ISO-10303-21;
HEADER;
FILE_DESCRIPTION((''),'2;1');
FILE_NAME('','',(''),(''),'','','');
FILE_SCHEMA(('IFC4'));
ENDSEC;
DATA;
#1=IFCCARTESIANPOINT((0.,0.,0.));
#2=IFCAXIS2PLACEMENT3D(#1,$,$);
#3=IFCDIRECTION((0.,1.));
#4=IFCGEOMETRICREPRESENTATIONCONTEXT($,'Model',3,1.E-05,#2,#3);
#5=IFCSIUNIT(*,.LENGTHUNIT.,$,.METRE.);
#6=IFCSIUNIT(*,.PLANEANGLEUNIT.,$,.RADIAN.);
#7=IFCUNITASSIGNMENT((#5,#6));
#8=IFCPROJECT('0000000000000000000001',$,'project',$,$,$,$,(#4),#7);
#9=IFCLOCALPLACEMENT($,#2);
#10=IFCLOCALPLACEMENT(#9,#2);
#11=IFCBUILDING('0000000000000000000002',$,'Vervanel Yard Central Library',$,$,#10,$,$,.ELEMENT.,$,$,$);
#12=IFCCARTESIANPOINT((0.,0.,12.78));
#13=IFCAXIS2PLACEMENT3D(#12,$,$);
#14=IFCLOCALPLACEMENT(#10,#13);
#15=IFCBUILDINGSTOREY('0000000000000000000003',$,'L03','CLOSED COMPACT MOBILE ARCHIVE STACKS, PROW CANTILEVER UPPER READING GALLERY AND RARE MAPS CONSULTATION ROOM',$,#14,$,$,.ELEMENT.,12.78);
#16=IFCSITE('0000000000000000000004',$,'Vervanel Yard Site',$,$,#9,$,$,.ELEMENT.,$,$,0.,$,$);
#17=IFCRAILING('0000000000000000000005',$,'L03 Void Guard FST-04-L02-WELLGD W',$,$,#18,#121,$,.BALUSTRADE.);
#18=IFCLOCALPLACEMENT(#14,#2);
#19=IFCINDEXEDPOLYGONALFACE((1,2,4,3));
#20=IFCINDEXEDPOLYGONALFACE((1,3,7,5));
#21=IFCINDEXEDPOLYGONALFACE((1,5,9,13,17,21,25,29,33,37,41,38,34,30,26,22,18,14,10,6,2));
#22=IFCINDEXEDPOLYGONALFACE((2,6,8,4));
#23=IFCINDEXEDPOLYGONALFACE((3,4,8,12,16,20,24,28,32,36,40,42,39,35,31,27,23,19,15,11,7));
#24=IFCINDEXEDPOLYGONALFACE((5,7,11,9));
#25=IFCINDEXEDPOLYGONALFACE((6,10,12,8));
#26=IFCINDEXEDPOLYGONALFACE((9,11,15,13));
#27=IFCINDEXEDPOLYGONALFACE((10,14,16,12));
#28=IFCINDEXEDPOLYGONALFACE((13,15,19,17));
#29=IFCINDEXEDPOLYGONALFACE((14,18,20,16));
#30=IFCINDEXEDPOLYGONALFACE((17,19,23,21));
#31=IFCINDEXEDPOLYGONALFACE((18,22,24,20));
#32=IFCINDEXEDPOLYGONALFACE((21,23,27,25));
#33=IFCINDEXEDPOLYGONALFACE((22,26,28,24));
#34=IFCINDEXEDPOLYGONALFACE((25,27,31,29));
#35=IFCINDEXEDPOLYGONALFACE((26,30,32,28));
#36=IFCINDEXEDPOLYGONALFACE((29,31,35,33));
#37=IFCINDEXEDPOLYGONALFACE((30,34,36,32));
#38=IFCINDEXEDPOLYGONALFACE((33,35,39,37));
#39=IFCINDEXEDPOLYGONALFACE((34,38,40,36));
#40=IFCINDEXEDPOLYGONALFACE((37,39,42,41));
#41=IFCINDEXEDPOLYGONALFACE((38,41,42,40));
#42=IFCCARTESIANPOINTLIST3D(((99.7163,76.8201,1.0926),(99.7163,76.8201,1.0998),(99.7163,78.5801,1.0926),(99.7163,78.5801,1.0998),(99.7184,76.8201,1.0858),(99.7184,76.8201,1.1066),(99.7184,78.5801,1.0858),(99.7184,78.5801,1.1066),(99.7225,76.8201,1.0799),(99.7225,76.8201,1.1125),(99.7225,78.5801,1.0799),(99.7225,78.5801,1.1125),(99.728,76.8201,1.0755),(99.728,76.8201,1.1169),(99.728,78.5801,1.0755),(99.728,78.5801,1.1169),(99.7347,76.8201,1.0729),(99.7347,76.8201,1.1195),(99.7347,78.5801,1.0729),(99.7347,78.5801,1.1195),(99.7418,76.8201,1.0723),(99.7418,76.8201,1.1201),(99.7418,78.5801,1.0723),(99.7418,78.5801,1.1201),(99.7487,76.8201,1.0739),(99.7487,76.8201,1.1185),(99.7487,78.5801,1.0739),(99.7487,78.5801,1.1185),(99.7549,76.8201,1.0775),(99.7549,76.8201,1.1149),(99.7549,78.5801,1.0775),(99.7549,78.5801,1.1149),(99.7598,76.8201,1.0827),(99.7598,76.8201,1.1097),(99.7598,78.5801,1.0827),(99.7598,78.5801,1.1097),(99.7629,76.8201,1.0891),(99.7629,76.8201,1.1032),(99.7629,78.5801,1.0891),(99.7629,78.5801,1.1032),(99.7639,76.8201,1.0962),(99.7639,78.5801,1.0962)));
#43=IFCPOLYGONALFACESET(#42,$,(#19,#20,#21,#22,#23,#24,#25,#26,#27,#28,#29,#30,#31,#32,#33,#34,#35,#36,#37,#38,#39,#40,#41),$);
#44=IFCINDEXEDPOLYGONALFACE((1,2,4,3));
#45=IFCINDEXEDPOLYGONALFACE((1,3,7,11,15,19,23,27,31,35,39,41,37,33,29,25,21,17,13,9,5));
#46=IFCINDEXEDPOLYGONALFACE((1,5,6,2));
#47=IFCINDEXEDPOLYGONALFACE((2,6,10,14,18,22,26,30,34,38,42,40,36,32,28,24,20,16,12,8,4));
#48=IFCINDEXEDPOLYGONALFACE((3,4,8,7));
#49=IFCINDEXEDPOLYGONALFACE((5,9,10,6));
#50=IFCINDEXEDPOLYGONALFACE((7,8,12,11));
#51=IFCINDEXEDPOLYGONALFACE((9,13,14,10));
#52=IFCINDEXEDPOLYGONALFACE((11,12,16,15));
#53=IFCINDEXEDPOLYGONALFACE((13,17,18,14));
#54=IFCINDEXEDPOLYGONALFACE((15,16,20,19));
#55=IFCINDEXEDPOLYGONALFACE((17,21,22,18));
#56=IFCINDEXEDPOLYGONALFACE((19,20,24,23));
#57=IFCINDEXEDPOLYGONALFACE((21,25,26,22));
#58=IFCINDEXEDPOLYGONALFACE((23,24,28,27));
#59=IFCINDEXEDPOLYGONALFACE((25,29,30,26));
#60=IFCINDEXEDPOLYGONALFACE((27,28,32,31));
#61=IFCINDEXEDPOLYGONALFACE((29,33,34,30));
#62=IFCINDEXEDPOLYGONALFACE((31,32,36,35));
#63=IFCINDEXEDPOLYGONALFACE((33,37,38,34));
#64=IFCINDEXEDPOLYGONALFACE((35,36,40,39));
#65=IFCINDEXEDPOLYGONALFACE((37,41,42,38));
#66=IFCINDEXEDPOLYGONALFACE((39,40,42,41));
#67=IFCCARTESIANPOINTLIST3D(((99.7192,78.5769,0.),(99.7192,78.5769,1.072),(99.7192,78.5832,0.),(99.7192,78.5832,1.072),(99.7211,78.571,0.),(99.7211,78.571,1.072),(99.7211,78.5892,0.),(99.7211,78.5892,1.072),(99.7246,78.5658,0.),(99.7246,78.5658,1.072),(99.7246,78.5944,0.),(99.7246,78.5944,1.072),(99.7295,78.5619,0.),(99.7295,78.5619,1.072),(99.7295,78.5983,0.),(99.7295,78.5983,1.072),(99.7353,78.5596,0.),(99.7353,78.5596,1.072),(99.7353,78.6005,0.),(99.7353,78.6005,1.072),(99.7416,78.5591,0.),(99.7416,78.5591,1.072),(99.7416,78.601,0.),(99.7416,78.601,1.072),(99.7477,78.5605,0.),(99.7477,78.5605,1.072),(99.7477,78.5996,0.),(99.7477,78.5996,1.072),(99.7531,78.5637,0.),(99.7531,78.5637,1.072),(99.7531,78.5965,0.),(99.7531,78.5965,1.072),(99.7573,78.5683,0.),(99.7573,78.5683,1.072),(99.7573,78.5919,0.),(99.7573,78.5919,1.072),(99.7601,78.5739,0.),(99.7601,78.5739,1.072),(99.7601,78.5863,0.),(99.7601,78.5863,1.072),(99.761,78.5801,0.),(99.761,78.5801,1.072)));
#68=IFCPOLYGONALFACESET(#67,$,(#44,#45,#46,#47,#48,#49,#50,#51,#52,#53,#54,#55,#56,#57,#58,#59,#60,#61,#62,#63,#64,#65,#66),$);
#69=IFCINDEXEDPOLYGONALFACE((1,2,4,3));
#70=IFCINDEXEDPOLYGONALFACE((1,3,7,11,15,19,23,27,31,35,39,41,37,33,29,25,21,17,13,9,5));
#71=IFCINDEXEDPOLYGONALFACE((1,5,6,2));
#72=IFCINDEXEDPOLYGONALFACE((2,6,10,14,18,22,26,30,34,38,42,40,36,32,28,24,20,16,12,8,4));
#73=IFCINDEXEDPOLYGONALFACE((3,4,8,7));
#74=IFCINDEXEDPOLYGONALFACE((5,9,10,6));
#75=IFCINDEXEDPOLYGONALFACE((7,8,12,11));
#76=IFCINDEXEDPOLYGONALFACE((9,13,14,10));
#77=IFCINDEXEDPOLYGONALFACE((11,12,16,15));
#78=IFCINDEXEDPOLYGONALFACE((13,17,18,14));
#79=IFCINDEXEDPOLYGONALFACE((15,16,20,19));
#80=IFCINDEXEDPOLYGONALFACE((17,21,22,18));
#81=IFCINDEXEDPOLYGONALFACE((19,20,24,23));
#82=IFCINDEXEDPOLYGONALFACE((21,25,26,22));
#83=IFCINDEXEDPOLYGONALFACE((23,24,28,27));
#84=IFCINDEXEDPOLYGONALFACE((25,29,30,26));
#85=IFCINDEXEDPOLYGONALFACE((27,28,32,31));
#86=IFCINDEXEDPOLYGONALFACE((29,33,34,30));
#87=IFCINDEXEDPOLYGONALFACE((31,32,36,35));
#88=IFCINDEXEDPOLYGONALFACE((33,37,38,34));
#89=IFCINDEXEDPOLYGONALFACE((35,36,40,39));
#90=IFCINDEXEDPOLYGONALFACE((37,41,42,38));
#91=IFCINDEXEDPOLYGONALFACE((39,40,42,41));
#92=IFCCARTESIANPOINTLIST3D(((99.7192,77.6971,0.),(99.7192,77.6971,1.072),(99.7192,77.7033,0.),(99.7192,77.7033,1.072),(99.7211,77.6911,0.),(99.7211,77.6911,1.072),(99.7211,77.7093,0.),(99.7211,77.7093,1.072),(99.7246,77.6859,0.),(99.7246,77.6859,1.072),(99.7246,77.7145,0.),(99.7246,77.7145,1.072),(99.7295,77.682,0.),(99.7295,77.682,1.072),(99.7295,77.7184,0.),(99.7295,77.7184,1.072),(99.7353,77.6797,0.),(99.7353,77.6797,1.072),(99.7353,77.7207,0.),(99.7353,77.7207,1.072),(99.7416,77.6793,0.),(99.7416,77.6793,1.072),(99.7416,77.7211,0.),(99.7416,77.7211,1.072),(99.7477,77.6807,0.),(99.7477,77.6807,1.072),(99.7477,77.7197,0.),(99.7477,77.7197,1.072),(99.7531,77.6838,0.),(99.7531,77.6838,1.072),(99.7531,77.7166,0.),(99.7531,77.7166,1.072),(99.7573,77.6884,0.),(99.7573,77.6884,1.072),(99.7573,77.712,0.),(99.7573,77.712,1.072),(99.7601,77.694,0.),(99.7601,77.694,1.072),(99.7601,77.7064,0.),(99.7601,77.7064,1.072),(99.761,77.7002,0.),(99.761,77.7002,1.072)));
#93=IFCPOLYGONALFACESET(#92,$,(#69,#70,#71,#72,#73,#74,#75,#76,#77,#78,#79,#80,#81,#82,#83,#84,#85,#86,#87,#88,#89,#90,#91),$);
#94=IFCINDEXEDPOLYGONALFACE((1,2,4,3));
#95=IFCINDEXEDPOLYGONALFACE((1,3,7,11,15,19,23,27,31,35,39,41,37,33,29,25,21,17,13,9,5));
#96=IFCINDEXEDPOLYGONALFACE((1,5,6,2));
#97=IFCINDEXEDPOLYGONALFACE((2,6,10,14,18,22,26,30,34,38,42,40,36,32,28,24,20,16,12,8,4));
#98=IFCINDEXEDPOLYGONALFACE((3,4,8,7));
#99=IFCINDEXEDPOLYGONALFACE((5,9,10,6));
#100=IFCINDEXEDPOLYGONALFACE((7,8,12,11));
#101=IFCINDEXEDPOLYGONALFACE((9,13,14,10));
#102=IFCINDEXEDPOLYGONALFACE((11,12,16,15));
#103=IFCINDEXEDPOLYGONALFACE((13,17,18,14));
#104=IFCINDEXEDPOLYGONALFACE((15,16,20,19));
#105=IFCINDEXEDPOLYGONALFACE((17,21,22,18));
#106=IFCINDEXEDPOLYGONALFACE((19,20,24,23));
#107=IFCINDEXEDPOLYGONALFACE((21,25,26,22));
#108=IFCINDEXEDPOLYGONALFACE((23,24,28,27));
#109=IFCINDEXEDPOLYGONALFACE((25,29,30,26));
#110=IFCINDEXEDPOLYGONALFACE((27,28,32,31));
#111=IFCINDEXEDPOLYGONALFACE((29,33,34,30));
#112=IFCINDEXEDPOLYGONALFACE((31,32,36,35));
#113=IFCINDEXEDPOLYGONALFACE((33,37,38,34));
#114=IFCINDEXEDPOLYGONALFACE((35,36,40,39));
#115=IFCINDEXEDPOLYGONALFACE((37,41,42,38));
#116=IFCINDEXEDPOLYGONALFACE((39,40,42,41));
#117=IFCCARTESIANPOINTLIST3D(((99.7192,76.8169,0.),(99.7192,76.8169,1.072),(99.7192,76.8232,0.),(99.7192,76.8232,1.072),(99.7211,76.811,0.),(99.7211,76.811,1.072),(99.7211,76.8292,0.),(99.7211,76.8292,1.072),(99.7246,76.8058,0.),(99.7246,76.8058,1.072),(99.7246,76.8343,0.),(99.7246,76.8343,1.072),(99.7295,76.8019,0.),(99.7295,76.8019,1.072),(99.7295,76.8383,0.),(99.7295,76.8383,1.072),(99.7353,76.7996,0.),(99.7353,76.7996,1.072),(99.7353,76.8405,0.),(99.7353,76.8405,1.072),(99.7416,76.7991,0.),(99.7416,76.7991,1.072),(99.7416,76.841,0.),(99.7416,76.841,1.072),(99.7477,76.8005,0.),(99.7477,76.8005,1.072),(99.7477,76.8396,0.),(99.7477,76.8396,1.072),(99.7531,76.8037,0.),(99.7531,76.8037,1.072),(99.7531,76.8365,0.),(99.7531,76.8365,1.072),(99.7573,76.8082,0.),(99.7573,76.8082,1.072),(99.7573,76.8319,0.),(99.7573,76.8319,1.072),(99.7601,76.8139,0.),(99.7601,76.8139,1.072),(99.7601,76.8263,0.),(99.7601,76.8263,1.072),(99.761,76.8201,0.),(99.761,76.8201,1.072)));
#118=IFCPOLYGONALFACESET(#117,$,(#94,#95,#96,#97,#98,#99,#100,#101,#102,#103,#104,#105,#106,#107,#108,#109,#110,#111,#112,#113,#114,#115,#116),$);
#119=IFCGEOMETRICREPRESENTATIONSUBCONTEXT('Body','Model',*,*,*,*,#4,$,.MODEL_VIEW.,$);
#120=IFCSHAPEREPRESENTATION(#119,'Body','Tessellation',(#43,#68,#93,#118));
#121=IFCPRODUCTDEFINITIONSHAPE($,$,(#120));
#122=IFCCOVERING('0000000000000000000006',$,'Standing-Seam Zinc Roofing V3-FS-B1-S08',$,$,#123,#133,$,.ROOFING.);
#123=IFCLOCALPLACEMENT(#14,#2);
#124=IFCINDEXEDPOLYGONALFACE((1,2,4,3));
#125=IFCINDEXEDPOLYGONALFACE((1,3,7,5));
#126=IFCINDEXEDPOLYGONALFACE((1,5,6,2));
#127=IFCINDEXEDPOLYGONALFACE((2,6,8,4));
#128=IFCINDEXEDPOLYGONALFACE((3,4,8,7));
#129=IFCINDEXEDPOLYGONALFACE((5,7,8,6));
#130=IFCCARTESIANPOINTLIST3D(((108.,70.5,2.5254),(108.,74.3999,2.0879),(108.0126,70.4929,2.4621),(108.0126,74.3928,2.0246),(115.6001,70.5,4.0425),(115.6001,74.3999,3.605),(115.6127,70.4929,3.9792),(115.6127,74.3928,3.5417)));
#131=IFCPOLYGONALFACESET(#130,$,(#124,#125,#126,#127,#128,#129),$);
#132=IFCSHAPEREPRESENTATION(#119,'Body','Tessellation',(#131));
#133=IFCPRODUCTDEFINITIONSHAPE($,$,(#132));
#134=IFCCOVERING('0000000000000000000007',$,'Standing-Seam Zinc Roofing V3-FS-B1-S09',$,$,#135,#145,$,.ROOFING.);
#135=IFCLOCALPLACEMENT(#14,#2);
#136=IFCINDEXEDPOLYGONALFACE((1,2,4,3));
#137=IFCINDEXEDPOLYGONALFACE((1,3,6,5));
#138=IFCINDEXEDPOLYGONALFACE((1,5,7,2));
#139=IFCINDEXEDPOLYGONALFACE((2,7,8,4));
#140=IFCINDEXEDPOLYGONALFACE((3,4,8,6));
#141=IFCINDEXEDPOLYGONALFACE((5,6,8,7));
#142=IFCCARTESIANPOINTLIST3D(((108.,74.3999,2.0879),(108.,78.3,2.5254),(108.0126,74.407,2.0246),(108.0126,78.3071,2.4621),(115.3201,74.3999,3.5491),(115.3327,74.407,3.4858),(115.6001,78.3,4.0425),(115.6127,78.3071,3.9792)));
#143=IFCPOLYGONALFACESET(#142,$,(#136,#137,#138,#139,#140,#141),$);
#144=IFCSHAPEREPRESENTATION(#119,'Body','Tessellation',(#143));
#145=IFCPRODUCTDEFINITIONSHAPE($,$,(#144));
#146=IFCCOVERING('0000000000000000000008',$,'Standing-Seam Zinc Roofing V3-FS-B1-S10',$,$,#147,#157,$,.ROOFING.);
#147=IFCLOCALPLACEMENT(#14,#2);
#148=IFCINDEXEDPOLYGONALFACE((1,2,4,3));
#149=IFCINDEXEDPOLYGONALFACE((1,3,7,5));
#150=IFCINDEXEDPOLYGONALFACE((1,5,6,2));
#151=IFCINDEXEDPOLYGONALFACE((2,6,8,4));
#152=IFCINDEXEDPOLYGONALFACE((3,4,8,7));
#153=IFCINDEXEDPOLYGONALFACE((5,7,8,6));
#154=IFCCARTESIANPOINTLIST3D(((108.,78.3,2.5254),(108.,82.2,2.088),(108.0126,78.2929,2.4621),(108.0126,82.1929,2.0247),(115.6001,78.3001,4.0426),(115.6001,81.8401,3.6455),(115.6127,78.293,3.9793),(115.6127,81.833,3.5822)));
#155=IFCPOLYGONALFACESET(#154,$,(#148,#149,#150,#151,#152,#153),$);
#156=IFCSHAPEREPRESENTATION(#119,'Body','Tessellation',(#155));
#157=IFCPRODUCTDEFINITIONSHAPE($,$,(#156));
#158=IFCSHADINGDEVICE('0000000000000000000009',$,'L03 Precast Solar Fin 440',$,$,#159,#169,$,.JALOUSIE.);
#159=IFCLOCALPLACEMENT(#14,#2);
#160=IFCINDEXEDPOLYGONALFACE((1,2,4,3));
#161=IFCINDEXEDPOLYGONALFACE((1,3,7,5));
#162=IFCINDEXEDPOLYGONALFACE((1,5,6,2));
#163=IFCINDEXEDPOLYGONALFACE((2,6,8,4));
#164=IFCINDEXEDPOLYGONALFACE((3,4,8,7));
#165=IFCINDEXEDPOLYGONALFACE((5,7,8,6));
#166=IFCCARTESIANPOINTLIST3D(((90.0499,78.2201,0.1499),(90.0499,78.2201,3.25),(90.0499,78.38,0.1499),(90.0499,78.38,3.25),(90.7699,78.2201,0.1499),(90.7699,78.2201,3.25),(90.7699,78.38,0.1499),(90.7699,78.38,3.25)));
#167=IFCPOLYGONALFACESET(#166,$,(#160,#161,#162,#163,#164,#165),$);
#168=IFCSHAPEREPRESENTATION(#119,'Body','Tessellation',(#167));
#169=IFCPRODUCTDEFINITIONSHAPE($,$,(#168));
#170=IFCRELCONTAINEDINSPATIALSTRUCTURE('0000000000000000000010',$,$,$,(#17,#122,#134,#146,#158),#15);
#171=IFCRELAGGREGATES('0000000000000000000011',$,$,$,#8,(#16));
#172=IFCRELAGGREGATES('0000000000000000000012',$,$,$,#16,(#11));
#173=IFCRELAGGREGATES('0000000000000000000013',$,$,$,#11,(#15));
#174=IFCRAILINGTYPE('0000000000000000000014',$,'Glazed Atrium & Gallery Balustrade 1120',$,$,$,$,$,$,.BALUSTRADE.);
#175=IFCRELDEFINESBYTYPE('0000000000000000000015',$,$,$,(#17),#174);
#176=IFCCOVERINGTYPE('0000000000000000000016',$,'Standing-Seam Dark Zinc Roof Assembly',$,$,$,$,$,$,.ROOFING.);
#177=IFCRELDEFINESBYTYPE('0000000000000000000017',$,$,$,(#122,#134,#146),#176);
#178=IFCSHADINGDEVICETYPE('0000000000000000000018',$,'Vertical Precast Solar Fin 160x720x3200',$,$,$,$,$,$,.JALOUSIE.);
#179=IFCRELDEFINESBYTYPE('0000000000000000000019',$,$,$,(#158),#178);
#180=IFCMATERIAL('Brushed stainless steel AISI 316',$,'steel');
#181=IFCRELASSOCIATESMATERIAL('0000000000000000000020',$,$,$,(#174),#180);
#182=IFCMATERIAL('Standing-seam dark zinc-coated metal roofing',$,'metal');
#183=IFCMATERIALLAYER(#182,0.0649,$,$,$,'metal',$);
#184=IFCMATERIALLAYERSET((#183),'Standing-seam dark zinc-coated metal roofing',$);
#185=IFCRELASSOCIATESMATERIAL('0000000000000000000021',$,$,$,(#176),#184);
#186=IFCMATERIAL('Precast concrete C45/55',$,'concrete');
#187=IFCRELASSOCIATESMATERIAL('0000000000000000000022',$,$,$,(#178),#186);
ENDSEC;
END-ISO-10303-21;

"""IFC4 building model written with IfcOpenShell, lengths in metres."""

from ifc_helpers import new_model, si_unit, direction, frame, origin, origin_2d, place, context, subcontext, project, spatial, polyline, rectangle, circle, outline, extrude, material, layer, layer_set, type_object, element, save


model = new_model("IFC4")

# Units and contexts
model_context = context("Model", 3, precision=1e-05, world=origin(), true_north=direction((0.0, 1.0)))
body_context = subcontext(model_context, "Body", "Model", "MODEL_VIEW")
ifc_project = project(units=[si_unit("LENGTHUNIT", "METRE"), si_unit("PLANEANGLEUNIT", "RADIAN")], contexts=[model_context])

# Site, building, storey
site_placement = place(None, origin())
site = spatial("IfcSite", under=ifc_project, at=site_placement, Name="Vervanel Yard Site", CompositionType="ELEMENT", RefElevation=0.0)
building_placement = place(site_placement, origin())
building = spatial("IfcBuilding", under=site, at=building_placement, Name="Vervanel Yard Central Library", CompositionType="ELEMENT")
storey_placement = place(building_placement, frame((0.0, 0.0, 12.78)))
storey = spatial("IfcBuildingStorey", under=building, at=storey_placement, Name="L03", Description="CLOSED COMPACT MOBILE ARCHIVE STACKS, PROW CANTILEVER UPPER READING GALLERY AND RARE MAPS CONSULTATION ROOM", CompositionType="ELEMENT", Elevation=12.78)

# Shared definitions
ifc_material_1 = material(Name="Precast concrete C45/55", Category="concrete")

# Railing
ifc_material_2 = material(Name="Brushed stainless steel AISI 316", Category="steel")
railing_type = type_object("IfcRailingType", Name="Glazed Atrium & Gallery Balustrade 1120", PredefinedType="BALUSTRADE", material=ifc_material_2)
railing_1_placement = place(storey_placement, frame((99.74, 78.5801, 0.0)))
element("IfcRailing", 1, at=railing_1_placement, inside=storey, type_object=railing_type, Name="L03 Void Guard FST-04-L02-WELLGD W", PredefinedType="BALUSTRADE", context=body_context, shape_type="SweptSolid", body=[
    extrude(circle(Radius=0.0239, at=origin_2d()), frame((0.0, 0.0, 1.0962), z_axis=(0.0, -1.0, 0.0), x_axis=(1.0, 0.0, 0.0)), (0.0, 0.0, 1.0), 1.76),
    extrude(circle(Radius=0.021, at=origin_2d()), origin(), (0.0, 0.0, 1.0), 1.072),
    extrude(circle(Radius=0.021, at=origin_2d()), frame((0.0, -0.8799, 0.0)), (0.0, 0.0, 1.0), 1.072),
    extrude(circle(Radius=0.021, at=origin_2d()), frame((0.0, -1.76, 0.0)), (0.0, 0.0, 1.0), 1.072),
])

# Coverings
ifc_material_3 = material(Name="Standing-seam dark zinc-coated metal roofing", Category="metal")
ifc_layer_1 = layer(ifc_material_3, 0.0649, Category="metal")
ifc_layer_set_1 = layer_set([ifc_layer_1], Name="Standing-seam dark zinc-coated metal roofing")
covering_type_1 = type_object("IfcCoveringType", Name="Standing-Seam Dark Zinc Roof Assembly", PredefinedType="ROOFING", material=ifc_layer_set_1)
covering_1_placement = place(storey_placement, frame((108.0, 70.5, 2.5254), z_axis=(-0.194579, 0.109352, 0.974772), x_axis=(0.980653, 0.0, 0.195753)))
element("IfcCovering", 2, at=covering_1_placement, inside=storey, type_object=covering_type_1, Name="Standing-Seam Zinc Roofing V3-FS-B1-S08", PredefinedType="ROOFING", context=body_context, shape_type="SweptSolid", body=[
    extrude(outline(polyline([(0.0, 0.0), (7.75, 0.0), (7.6644, 3.9234), (-0.0856, 3.9234), (0.0, 0.0)])), origin(), (0.0, 0.0, -1.0), 0.0649),
])
covering_2_placement = place(storey_placement, frame((108.0, 74.3999, 2.0879), z_axis=(-0.194578, -0.109347, 0.974773), x_axis=(0.980653, 0.0, 0.195752)))
element("IfcCovering", 3, at=covering_2_placement, inside=storey, type_object=covering_type_1, Name="Standing-Seam Zinc Roofing V3-FS-B1-S09", PredefinedType="ROOFING", context=body_context, shape_type="SweptSolid", body=[
    extrude(outline(polyline([(0.0, 0.0), (7.4645, 0.0), (7.8357, 3.9237), (0.0856, 3.9237), (0.0, 0.0)])), origin(), (0.0, 0.0, -1.0), 0.0649),
])
covering_3_placement = place(storey_placement, frame((108.0, 78.3, 2.5254), z_axis=(-0.194589, 0.109332, 0.974773), x_axis=(0.980651, 0.000001, 0.195763)))
element("IfcCovering", 4, at=covering_3_placement, inside=storey, type_object=covering_type_1, Name="Standing-Seam Zinc Roofing V3-FS-B1-S10", PredefinedType="ROOFING", context=body_context, shape_type="SweptSolid", body=[
    extrude(outline(polyline([(0.0, 0.0), (7.75, 0.0), (7.6723, 3.5614), (-0.0856, 3.9234), (0.0, 0.0)])), origin(), (0.0, 0.0, -1.0), 0.0649),
])

# Shading device
shading_device_type = type_object("IfcShadingDeviceType", Name="Vertical Precast Solar Fin 160x720x3200", PredefinedType="JALOUSIE", material=ifc_material_1)
shading_device_placement = place(storey_placement, frame((90.4099, 78.3, 0.1499), z_axis=(0.0, 0.0, 1.0), x_axis=(0.0, 1.0, 0.0)))
element("IfcShadingDevice", 5, at=shading_device_placement, inside=storey, type_object=shading_device_type, Name="L03 Precast Solar Fin 440", PredefinedType="JALOUSIE", context=body_context, shape_type="SweptSolid", body=[
    extrude(rectangle(XDim=0.1599, YDim=0.72, at=origin_2d()), origin(), (0.0, 0.0, 1.0), 3.1001),
])

save(model, "model.ifc")
